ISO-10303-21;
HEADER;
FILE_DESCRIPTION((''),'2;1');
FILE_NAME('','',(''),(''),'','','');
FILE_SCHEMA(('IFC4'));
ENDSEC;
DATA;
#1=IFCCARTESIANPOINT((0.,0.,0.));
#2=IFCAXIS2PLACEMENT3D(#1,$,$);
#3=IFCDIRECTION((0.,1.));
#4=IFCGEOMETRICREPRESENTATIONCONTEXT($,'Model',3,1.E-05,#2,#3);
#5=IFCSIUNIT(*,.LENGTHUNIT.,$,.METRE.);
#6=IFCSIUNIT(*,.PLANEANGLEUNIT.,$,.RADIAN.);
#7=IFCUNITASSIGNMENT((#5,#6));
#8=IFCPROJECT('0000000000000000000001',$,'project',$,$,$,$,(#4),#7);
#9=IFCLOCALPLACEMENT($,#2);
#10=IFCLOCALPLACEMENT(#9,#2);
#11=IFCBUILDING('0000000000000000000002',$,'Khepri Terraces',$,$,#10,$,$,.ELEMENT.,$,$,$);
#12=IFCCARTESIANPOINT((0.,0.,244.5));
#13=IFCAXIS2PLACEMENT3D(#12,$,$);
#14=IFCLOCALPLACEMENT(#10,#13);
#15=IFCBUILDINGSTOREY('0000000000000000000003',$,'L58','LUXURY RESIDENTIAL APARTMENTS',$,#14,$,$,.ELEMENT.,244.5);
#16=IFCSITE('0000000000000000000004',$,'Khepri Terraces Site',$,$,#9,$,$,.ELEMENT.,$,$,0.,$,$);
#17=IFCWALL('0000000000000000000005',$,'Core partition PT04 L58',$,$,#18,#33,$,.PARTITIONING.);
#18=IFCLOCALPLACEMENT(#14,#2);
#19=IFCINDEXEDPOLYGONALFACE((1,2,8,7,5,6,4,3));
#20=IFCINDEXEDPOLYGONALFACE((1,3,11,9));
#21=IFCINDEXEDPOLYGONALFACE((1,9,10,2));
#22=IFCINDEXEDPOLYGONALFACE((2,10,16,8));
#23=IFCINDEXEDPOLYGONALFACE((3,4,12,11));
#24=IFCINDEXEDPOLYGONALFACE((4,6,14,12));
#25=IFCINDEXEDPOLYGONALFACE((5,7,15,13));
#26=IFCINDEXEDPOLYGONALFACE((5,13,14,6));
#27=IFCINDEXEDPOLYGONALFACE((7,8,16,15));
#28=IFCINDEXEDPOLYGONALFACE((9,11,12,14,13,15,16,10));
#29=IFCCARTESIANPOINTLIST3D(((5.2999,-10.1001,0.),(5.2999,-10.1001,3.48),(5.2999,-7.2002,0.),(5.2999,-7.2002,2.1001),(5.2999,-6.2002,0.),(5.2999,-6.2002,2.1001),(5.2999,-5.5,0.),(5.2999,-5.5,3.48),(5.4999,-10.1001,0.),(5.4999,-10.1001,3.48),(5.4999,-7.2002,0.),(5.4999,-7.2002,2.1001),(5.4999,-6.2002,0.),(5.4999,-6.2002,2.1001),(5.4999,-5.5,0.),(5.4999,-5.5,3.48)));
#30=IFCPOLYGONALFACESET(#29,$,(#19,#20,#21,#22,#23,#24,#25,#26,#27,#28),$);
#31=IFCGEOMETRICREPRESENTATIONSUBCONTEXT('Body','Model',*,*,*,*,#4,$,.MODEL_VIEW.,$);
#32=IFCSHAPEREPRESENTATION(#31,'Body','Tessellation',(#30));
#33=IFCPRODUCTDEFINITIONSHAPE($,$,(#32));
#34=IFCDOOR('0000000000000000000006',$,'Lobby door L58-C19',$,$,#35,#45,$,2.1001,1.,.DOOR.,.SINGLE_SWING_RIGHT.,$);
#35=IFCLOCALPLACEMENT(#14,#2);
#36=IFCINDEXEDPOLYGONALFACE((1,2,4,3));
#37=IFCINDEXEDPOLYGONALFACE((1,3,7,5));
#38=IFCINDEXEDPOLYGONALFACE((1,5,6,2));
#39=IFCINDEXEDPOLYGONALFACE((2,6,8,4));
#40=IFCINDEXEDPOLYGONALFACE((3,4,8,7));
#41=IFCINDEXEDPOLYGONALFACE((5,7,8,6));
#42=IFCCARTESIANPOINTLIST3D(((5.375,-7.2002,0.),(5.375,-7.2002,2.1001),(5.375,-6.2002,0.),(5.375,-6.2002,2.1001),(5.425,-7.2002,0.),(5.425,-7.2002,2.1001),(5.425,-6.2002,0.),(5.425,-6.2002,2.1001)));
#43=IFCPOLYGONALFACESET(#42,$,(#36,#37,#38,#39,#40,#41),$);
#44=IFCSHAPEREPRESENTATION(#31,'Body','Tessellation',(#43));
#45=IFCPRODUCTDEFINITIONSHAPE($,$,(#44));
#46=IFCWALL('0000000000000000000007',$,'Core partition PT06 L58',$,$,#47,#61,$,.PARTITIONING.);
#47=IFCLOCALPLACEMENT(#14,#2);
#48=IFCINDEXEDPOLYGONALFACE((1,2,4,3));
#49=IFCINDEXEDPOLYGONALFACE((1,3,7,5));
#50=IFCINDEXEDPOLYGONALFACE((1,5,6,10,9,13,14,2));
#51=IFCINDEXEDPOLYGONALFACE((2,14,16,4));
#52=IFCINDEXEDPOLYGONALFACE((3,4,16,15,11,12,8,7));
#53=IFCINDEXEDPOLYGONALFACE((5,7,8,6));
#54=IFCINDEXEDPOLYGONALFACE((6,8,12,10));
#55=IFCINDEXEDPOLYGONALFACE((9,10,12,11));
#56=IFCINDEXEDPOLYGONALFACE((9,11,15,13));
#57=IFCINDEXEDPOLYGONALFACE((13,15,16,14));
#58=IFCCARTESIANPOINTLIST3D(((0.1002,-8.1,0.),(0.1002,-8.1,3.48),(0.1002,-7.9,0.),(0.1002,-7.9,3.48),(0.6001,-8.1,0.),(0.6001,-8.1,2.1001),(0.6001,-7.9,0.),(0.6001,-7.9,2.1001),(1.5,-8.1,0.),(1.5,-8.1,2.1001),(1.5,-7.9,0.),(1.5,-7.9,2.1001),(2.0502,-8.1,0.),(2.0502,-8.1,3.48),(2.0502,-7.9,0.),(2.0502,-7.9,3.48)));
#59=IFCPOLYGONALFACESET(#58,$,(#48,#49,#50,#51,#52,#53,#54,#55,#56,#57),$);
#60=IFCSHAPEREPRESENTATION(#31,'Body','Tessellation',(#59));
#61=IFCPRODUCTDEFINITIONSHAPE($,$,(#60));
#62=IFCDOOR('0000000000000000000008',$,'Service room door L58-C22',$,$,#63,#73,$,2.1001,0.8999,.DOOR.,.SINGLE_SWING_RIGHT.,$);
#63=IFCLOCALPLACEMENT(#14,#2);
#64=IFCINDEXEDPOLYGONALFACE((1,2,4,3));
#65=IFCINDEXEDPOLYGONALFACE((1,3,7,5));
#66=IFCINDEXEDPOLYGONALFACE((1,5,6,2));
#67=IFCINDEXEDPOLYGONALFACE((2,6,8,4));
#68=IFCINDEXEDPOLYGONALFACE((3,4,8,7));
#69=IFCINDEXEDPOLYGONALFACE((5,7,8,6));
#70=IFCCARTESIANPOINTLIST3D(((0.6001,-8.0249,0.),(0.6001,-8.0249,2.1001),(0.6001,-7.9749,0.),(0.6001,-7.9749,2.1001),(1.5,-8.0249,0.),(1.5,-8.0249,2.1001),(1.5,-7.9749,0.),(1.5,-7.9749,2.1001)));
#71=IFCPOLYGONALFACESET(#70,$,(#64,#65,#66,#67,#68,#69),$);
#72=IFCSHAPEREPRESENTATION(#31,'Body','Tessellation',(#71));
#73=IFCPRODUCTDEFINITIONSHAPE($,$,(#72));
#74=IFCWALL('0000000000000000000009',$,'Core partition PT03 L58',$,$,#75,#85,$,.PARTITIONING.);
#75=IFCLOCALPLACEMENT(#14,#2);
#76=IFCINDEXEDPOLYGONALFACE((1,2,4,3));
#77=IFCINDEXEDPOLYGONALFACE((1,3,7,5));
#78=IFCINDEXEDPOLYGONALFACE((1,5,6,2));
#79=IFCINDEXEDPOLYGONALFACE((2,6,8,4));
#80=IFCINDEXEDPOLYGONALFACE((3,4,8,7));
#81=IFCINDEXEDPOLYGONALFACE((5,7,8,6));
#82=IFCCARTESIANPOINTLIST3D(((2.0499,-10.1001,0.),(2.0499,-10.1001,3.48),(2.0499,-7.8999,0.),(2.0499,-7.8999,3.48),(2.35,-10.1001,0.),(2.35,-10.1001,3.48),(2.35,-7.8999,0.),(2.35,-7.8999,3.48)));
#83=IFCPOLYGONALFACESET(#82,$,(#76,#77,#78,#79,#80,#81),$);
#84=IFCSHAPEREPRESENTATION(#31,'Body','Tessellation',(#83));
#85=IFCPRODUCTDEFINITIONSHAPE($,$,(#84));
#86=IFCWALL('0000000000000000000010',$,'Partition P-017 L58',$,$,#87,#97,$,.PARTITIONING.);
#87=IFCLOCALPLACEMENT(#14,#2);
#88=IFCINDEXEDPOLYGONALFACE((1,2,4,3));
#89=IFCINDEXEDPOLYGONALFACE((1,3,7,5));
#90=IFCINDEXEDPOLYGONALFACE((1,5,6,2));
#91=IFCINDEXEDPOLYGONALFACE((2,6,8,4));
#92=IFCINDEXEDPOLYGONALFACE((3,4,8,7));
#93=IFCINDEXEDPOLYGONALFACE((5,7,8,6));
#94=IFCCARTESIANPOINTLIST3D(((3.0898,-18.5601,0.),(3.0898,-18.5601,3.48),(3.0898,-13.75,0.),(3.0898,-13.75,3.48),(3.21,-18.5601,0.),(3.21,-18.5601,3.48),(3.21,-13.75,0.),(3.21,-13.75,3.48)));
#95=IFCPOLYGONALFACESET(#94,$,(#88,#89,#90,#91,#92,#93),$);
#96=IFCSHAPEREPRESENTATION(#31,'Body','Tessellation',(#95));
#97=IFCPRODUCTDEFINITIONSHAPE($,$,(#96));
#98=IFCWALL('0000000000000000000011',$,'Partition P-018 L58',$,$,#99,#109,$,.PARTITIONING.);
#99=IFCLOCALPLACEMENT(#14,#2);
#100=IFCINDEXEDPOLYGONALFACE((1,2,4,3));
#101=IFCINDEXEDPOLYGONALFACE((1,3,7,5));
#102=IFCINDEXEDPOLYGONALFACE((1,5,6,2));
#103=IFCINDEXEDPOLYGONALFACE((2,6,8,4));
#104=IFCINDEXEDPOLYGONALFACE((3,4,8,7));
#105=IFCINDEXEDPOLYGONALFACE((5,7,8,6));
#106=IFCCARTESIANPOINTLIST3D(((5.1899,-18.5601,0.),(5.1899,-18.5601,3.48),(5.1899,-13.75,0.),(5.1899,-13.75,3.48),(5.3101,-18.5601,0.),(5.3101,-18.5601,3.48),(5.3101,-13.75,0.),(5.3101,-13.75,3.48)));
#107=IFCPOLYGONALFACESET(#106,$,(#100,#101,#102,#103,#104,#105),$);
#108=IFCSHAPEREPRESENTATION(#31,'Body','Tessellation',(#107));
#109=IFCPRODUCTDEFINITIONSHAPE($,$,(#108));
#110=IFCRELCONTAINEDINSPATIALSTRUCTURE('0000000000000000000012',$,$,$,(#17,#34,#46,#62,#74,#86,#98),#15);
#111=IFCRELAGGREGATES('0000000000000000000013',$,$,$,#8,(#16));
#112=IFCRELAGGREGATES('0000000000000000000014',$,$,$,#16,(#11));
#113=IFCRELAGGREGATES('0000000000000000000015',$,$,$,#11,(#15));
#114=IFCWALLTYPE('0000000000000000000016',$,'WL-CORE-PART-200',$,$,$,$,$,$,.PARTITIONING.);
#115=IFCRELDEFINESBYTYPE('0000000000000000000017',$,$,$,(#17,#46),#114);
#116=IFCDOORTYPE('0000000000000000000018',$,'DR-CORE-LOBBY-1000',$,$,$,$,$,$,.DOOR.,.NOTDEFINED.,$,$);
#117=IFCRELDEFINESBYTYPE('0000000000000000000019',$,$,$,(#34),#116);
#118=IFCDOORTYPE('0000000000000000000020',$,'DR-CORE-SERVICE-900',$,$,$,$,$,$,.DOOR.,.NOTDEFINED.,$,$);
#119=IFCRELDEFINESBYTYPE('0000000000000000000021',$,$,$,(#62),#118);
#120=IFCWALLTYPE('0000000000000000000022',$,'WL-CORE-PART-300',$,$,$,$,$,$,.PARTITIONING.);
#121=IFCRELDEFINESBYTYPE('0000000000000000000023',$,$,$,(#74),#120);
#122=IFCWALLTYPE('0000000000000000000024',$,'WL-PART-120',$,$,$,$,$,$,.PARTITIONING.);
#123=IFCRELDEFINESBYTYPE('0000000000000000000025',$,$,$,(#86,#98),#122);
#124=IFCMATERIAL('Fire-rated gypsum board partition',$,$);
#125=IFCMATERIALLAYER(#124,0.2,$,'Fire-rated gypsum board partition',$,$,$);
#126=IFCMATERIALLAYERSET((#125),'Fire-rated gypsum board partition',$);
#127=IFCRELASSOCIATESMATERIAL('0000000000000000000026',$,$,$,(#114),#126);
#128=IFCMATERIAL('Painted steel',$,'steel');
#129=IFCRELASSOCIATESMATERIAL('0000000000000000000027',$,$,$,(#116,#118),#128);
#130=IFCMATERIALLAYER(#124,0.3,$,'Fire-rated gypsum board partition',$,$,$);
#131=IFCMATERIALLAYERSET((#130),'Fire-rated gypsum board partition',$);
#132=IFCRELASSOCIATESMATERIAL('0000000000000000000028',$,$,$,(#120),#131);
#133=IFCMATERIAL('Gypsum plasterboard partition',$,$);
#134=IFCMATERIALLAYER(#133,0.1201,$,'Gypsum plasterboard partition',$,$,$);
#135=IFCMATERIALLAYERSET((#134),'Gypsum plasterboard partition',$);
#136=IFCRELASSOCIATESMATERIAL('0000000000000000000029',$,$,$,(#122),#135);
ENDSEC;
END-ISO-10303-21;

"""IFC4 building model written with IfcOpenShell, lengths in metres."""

from ifc_helpers import new_model, si_unit, direction, frame, frame_2d, origin, place, context, subcontext, project, spatial, rectangle, extrude, material, layer, layer_set, type_object, element, fill, save


model = new_model("IFC4")

# Units and contexts
model_context = context("Model", 3, precision=1e-05, world=origin(), true_north=direction((0.0, 1.0)))
body_context = subcontext(model_context, "Body", "Model", "MODEL_VIEW")
ifc_project = project(units=[si_unit("LENGTHUNIT", "METRE"), si_unit("PLANEANGLEUNIT", "RADIAN")], contexts=[model_context])

# Site, building, storey
site_placement = place(None, origin())
site = spatial("IfcSite", under=ifc_project, at=site_placement, Name="Khepri Terraces Site", CompositionType="ELEMENT", RefElevation=0.0)
building_placement = place(site_placement, origin())
building = spatial("IfcBuilding", under=site, at=building_placement, Name="Khepri Terraces", CompositionType="ELEMENT")
storey_placement = place(building_placement, frame((0.0, 0.0, 244.5)))
storey = spatial("IfcBuildingStorey", under=building, at=storey_placement, Name="L58", Description="LUXURY RESIDENTIAL APARTMENTS", CompositionType="ELEMENT", Elevation=244.5)

# Shared definitions
ifc_material_1 = material(Name="Fire-rated gypsum board partition")
ifc_layer_1 = layer(ifc_material_1, 0.2, Name="Fire-rated gypsum board partition")
ifc_layer_set_1 = layer_set([ifc_layer_1], Name="Fire-rated gypsum board partition")
wall_type_1 = type_object("IfcWallType", Name="WL-CORE-PART-200", PredefinedType="PARTITIONING", material=ifc_layer_set_1)

# Walls, openings, doors
wall_1_placement = place(storey_placement, frame((5.3999, -10.1001, 0.0), z_axis=(0.0, 0.0, 1.0), x_axis=(0.0, 1.0, 0.0)))
wall_1 = element("IfcWall", 1, at=wall_1_placement, inside=storey, type_object=wall_type_1, Name="Core partition PT04 L58", PredefinedType="PARTITIONING", context=body_context, shape_type="SweptSolid", body=[
    extrude(rectangle(XDim=4.6001, YDim=0.2, at=frame_2d((2.3, 0.0))), origin(), (0.0, 0.0, 1.0), 3.48),
])
opening_1_placement = place(wall_1_placement, frame((2.8999, 0.0, 0.0)))
opening_1 = element("IfcOpeningElement", 2, at=opening_1_placement, cuts=wall_1, PredefinedType="OPENING", context=body_context, shape_type="SweptSolid", body=[
    extrude(rectangle(XDim=1.0, YDim=2.1001, at=frame_2d((0.5, 1.05))), frame((0.0, 0.1099, 0.0), z_axis=(0.0, -1.0, 0.0), x_axis=(1.0, 0.0, 0.0)), (0.0, 0.0, 1.0), 0.22),
])
ifc_material_2 = material(Name="Painted steel", Category="steel")
door_type_1 = type_object("IfcDoorType", Name="DR-CORE-LOBBY-1000", OperationType="NOTDEFINED", PredefinedType="DOOR", material=ifc_material_2)
door_1_placement = place(opening_1_placement, origin())
door_1 = element("IfcDoor", 3, at=door_1_placement, inside=storey, type_object=door_type_1, Name="Lobby door L58-C19", OperationType="SINGLE_SWING_RIGHT", OverallHeight=2.1001, OverallWidth=1.0, PredefinedType="DOOR", context=body_context, shape_type="SweptSolid", body=[
    extrude(rectangle(XDim=1.0, YDim=2.1001, at=frame_2d((0.5, 1.05))), frame((0.0, 0.0249, 0.0), z_axis=(0.0, -1.0, 0.0), x_axis=(1.0, 0.0, 0.0)), (0.0, 0.0, 1.0), 0.05),
])
fill(opening_1, door_1)
wall_2_placement = place(storey_placement, frame((0.1001, -8.0, 0.0), z_axis=(0.0, 0.0, 1.0), x_axis=(1.0, 0.0, 0.0)))
wall_2 = element("IfcWall", 4, at=wall_2_placement, inside=storey, type_object=wall_type_1, Name="Core partition PT06 L58", PredefinedType="PARTITIONING", context=body_context, shape_type="SweptSolid", body=[
    extrude(rectangle(XDim=1.95, YDim=0.2, at=frame_2d((0.9751, 0.0))), origin(), (0.0, 0.0, 1.0), 3.48),
])
opening_2_placement = place(wall_2_placement, frame((0.5, 0.0, 0.0)))
opening_2 = element("IfcOpeningElement", 5, at=opening_2_placement, cuts=wall_2, PredefinedType="OPENING", context=body_context, shape_type="SweptSolid", body=[
    extrude(rectangle(XDim=0.8999, YDim=2.1001, at=frame_2d((0.45, 1.05))), frame((0.0, 0.1099, 0.0), z_axis=(0.0, -1.0, 0.0), x_axis=(1.0, 0.0, 0.0)), (0.0, 0.0, 1.0), 0.22),
])
door_type_2 = type_object("IfcDoorType", Name="DR-CORE-SERVICE-900", OperationType="NOTDEFINED", PredefinedType="DOOR", material=ifc_material_2)
door_2_placement = place(opening_2_placement, frame((0.8999, 0.0, 0.0), z_axis=(0.0, 0.0, 1.0), x_axis=(-1.0, 0.0, 0.0)))
door_2 = element("IfcDoor", 6, at=door_2_placement, inside=storey, type_object=door_type_2, Name="Service room door L58-C22", OperationType="SINGLE_SWING_RIGHT", OverallHeight=2.1001, OverallWidth=0.8999, PredefinedType="DOOR", context=body_context, shape_type="SweptSolid", body=[
    extrude(rectangle(XDim=0.8999, YDim=2.1001, at=frame_2d((0.45, 1.05))), frame((0.0, 0.0249, 0.0), z_axis=(0.0, -1.0, 0.0), x_axis=(1.0, 0.0, 0.0)), (0.0, 0.0, 1.0), 0.05),
])
fill(opening_2, door_2)

# Walls
ifc_layer_2 = layer(ifc_material_1, 0.3, Name="Fire-rated gypsum board partition")
ifc_layer_set_2 = layer_set([ifc_layer_2], Name="Fire-rated gypsum board partition")
wall_type_2 = type_object("IfcWallType", Name="WL-CORE-PART-300", PredefinedType="PARTITIONING", material=ifc_layer_set_2)
wall_3_placement = place(storey_placement, frame((2.2, -10.1001, 0.0), z_axis=(0.0, 0.0, 1.0), x_axis=(0.0, 1.0, 0.0)))
element("IfcWall", 7, at=wall_3_placement, inside=storey, type_object=wall_type_2, Name="Core partition PT03 L58", PredefinedType="PARTITIONING", context=body_context, shape_type="SweptSolid", body=[
    extrude(rectangle(XDim=2.2002, YDim=0.3, at=frame_2d((1.1001, 0.0))), origin(), (0.0, 0.0, 1.0), 3.48),
])
ifc_material_3 = material(Name="Gypsum plasterboard partition")
ifc_layer_3 = layer(ifc_material_3, 0.1201, Name="Gypsum plasterboard partition")
ifc_layer_set_3 = layer_set([ifc_layer_3], Name="Gypsum plasterboard partition")
wall_type_3 = type_object("IfcWallType", Name="WL-PART-120", PredefinedType="PARTITIONING", material=ifc_layer_set_3)
for number, where, z_axis, x_axis, name in (
    (8, (3.1499, -18.5601, 0.0), (0.0, 0.0, 1.0), (0.0, 1.0, 0.0), "Partition P-017 L58"),
    (9, (5.25, -18.5601, 0.0), (0.0, 0.0, 1.0), (0.0, 1.0, 0.0), "Partition P-018 L58"),
):
    element("IfcWall", number, at=place(storey_placement, frame(where, z_axis=z_axis, x_axis=x_axis)), inside=storey, type_object=wall_type_3, Name=name, PredefinedType="PARTITIONING", context=body_context, shape_type="SweptSolid", body=[
        extrude(rectangle(XDim=4.8101, YDim=0.1201, at=frame_2d((2.405, 0.0))), origin(), (0.0, 0.0, 1.0), 3.48),
    ])

save(model, "model.ifc")
